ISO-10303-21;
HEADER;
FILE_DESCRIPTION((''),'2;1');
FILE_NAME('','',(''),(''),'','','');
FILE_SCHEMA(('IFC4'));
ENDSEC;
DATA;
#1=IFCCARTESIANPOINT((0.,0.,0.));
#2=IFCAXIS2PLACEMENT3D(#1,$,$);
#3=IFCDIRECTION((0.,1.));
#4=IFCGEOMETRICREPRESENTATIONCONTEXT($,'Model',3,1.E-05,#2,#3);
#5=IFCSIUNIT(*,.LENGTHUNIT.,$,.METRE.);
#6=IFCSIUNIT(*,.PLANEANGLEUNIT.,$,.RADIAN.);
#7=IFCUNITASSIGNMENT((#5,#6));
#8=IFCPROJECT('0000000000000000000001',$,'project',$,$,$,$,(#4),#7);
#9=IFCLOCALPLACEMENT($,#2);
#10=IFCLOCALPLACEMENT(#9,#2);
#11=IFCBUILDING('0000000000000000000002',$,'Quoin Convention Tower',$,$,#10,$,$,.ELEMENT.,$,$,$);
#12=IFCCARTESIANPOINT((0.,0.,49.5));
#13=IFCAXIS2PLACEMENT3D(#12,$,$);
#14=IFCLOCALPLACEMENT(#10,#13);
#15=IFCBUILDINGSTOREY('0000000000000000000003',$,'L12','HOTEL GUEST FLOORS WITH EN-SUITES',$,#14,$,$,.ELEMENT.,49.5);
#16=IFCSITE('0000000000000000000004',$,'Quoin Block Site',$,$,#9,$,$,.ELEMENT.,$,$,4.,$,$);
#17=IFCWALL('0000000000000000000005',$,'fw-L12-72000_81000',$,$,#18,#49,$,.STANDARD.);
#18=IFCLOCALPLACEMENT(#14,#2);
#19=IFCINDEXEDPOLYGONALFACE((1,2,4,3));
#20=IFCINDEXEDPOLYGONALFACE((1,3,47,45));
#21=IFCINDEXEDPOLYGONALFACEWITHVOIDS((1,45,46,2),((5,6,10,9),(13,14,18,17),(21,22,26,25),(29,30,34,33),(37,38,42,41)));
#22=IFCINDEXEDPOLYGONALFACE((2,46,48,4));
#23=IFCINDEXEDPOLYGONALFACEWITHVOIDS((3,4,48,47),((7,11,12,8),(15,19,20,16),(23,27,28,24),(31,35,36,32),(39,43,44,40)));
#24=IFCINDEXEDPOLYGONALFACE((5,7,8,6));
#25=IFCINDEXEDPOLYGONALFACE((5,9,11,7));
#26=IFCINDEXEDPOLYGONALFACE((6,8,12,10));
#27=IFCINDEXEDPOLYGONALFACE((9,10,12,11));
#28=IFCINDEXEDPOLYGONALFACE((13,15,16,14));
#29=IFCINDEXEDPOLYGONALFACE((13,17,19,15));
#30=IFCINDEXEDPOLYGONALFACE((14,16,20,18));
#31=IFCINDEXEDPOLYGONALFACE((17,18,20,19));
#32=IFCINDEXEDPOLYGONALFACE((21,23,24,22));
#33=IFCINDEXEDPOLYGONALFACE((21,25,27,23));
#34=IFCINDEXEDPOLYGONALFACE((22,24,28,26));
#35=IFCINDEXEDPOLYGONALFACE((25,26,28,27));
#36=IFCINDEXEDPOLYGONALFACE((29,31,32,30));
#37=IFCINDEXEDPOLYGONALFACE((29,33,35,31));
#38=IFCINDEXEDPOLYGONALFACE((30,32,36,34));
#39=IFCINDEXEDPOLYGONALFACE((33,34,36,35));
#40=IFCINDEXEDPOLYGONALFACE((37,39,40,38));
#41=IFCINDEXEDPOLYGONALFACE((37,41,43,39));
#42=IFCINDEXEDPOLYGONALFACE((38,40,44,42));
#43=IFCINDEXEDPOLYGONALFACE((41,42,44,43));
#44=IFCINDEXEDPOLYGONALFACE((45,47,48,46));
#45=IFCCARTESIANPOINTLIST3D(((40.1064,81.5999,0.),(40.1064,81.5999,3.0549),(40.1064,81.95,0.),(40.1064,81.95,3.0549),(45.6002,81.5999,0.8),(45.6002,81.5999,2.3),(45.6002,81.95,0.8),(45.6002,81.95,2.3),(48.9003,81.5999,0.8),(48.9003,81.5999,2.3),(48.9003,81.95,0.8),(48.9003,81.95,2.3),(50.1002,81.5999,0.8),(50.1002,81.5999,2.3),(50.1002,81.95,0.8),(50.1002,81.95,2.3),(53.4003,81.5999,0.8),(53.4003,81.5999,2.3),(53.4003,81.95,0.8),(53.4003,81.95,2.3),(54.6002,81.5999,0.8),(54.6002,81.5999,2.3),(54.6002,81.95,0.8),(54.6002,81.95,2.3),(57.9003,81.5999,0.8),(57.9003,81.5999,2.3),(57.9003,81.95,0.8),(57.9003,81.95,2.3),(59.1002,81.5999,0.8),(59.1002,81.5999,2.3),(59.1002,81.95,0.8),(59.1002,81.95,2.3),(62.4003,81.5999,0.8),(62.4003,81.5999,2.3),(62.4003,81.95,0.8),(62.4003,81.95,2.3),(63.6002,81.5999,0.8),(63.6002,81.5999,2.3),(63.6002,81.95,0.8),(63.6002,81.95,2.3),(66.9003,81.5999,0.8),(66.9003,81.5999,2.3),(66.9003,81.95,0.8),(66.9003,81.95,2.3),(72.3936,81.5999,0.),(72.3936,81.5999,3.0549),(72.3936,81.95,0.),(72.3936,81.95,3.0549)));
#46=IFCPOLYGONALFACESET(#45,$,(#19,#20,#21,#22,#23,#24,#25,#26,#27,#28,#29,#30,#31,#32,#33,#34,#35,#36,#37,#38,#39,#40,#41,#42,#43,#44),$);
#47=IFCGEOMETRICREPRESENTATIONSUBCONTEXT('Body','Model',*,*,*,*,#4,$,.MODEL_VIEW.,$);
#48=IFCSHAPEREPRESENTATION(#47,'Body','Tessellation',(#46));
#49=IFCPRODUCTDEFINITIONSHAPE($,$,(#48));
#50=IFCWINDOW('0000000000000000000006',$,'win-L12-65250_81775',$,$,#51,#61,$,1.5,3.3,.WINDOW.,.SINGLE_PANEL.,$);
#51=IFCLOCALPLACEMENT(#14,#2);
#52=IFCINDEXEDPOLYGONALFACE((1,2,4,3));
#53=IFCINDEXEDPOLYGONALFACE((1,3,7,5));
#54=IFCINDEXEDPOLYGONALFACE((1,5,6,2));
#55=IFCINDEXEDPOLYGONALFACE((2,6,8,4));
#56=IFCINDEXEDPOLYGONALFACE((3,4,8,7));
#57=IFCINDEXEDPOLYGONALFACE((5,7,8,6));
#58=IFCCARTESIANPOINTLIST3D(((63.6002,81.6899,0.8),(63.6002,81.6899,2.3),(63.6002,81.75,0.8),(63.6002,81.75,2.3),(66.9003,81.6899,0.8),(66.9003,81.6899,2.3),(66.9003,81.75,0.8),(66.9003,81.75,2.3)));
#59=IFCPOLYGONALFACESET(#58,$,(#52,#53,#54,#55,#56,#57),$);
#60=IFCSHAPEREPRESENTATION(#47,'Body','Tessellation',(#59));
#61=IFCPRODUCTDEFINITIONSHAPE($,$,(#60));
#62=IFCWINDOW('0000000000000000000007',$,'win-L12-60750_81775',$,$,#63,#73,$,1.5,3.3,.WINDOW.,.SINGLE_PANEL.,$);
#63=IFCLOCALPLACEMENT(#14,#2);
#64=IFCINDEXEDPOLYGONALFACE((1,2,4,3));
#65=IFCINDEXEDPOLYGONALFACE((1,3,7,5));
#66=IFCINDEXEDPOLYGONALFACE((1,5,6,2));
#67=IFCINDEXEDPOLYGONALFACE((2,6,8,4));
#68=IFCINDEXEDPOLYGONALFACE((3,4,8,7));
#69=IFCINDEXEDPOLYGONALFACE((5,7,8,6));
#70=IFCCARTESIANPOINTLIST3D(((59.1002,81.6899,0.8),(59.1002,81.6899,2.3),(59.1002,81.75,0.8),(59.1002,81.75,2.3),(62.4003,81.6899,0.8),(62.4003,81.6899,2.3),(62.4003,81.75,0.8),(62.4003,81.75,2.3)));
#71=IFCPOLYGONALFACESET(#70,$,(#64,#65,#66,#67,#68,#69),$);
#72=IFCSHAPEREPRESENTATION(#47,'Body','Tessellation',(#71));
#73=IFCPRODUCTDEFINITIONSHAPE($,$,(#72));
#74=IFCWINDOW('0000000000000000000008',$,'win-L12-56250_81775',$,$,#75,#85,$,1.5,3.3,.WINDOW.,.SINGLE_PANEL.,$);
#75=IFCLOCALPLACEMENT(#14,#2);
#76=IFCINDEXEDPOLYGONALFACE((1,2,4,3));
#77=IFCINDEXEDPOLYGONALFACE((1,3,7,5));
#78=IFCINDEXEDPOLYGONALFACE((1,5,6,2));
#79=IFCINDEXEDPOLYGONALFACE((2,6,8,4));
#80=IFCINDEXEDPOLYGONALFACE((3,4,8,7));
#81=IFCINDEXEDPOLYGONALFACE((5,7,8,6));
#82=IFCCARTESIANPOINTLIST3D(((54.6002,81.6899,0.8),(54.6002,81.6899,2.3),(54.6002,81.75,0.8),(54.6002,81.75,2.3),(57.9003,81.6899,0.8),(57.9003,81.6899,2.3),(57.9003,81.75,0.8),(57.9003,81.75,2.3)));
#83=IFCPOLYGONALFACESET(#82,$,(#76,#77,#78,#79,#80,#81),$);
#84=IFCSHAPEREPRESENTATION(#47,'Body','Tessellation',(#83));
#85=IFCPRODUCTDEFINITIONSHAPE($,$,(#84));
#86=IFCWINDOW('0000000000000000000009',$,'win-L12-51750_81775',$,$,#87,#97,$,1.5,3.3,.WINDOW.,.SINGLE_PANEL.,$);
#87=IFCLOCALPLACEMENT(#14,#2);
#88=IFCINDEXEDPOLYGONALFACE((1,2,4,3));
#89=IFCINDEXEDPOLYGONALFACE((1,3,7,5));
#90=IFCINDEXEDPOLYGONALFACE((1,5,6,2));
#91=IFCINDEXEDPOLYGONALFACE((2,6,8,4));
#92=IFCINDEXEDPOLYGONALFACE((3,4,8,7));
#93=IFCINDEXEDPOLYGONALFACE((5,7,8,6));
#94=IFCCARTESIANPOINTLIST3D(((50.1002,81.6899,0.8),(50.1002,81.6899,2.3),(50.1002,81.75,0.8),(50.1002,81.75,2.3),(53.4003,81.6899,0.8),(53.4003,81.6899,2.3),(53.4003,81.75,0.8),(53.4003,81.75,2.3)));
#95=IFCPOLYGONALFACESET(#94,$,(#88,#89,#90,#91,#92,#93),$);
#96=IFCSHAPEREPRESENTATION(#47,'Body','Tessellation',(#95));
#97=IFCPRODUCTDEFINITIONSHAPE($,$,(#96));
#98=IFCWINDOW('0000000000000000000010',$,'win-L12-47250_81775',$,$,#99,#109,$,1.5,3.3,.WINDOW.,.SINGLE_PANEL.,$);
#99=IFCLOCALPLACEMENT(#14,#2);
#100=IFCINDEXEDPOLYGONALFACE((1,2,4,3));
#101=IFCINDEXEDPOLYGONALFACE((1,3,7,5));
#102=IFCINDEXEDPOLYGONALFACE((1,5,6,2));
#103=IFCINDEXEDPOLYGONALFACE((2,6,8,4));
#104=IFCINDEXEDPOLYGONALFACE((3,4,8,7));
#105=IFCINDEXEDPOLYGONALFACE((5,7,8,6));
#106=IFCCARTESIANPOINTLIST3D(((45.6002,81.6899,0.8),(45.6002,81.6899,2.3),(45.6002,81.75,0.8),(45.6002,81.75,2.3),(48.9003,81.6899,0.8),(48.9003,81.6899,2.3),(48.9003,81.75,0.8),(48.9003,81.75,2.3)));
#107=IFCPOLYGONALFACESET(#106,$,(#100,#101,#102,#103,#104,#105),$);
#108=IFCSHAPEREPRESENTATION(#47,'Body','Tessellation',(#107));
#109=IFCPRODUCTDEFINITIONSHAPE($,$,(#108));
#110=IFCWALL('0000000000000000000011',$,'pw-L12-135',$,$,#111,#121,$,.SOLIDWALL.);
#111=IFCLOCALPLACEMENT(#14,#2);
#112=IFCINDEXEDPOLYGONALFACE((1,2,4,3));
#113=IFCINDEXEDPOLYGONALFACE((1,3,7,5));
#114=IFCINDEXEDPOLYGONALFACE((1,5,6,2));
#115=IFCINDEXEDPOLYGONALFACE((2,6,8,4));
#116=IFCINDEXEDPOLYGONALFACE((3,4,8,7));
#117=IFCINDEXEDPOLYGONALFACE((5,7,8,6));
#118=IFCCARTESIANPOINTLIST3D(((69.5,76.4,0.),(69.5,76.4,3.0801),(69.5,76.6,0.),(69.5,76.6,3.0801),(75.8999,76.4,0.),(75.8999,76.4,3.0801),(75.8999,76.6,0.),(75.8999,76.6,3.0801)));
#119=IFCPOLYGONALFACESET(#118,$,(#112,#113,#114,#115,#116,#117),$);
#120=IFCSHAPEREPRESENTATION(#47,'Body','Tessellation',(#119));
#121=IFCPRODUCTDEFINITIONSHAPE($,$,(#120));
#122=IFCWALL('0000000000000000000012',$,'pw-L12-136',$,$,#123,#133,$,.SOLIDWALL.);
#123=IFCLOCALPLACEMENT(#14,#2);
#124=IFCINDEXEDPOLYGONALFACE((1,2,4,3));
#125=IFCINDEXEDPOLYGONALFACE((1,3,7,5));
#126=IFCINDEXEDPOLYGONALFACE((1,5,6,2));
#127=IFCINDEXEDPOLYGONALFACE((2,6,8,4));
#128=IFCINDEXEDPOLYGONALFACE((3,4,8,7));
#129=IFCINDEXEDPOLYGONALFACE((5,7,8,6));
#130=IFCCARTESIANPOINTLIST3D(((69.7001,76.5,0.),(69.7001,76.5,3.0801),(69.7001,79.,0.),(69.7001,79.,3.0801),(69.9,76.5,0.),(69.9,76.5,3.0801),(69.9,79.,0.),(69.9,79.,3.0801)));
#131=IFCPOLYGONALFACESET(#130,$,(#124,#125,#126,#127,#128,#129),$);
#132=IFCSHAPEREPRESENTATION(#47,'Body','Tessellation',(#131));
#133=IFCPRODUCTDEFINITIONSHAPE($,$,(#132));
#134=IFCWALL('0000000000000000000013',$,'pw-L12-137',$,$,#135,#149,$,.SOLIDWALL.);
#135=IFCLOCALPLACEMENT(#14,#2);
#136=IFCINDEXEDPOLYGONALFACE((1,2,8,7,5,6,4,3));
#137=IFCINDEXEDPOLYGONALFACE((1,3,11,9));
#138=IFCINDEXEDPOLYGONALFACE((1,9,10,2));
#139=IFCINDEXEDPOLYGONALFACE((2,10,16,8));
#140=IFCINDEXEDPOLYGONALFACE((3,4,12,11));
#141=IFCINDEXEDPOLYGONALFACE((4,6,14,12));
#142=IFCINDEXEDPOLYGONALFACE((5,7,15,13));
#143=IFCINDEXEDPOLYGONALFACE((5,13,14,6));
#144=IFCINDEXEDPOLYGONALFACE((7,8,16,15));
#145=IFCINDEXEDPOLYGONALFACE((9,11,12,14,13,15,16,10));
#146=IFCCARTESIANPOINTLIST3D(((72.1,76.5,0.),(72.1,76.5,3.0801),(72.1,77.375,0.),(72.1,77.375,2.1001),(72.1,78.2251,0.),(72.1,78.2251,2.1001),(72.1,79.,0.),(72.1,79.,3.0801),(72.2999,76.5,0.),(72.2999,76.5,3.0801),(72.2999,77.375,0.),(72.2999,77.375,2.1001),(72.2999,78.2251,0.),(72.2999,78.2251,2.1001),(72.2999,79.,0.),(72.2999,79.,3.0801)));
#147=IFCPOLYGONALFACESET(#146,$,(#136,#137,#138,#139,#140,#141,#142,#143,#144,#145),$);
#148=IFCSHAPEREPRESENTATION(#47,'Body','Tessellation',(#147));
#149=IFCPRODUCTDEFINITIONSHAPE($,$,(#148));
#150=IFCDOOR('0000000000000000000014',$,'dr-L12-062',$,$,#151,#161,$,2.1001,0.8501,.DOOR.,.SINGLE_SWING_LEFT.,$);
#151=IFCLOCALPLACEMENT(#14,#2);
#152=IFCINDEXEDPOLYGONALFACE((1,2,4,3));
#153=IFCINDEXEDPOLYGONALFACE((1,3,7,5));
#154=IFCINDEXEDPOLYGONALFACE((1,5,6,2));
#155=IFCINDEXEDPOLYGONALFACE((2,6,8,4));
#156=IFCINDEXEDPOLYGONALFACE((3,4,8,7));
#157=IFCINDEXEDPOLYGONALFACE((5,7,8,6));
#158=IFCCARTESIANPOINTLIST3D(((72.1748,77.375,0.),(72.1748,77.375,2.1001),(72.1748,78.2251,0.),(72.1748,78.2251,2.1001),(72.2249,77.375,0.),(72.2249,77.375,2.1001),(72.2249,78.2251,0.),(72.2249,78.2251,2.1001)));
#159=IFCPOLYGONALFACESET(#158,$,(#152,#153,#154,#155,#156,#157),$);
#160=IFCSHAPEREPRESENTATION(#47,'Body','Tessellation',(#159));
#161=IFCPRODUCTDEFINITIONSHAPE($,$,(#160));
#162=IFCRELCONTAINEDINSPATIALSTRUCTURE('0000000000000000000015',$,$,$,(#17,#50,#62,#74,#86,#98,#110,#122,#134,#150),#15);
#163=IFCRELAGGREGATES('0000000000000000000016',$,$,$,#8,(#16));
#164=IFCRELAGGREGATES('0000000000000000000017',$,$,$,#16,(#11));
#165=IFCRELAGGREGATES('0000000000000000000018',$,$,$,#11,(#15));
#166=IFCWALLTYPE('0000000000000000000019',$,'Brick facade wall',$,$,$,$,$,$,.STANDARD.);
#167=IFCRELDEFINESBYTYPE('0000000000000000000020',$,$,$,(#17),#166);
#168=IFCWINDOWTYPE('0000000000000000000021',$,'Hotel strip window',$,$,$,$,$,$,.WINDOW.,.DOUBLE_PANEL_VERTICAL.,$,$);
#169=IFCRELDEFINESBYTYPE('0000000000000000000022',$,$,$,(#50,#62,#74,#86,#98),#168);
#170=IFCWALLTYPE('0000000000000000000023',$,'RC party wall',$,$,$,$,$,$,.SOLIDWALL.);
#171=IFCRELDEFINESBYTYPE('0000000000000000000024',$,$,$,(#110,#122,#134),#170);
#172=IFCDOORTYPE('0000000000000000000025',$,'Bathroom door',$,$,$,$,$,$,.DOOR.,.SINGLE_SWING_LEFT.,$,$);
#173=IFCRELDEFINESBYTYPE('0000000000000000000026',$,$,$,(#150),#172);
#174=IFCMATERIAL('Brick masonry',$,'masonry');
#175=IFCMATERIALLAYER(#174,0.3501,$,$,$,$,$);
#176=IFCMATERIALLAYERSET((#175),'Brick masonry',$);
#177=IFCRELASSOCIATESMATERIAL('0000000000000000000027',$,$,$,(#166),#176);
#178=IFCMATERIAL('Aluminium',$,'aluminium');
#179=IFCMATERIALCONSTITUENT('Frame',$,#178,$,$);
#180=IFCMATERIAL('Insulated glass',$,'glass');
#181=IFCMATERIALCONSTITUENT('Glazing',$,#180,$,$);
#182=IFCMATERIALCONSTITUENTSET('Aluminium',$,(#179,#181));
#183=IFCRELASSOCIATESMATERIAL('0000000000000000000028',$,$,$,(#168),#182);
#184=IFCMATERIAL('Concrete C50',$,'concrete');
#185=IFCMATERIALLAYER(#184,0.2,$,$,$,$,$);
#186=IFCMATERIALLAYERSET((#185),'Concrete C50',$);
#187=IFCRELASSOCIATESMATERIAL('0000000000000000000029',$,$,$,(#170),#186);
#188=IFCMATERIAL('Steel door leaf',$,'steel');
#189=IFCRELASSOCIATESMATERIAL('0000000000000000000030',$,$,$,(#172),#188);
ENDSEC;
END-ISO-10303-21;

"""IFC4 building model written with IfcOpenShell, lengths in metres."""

from ifc_helpers import new_model, si_unit, direction, frame, frame_2d, origin, place, context, subcontext, project, spatial, rectangle, extrude, material, layer, layer_set, constituent, constituent_set, type_object, element, fill, save


model = new_model("IFC4")

# Units and contexts
model_context = context("Model", 3, precision=1e-05, world=origin(), true_north=direction((0.0, 1.0)))
body_context = subcontext(model_context, "Body", "Model", "MODEL_VIEW")
ifc_project = project(units=[si_unit("LENGTHUNIT", "METRE"), si_unit("PLANEANGLEUNIT", "RADIAN")], contexts=[model_context])

# Site, building, storey
site_placement = place(None, origin())
site = spatial("IfcSite", under=ifc_project, at=site_placement, Name="Quoin Block Site", CompositionType="ELEMENT", RefElevation=4.0)
building_placement = place(site_placement, origin())
building = spatial("IfcBuilding", under=site, at=building_placement, Name="Quoin Convention Tower", CompositionType="ELEMENT")
storey_placement = place(building_placement, frame((0.0, 0.0, 49.5)))
storey = spatial("IfcBuildingStorey", under=building, at=storey_placement, Name="L12", Description="HOTEL GUEST FLOORS WITH EN-SUITES", CompositionType="ELEMENT", Elevation=49.5)

# Shared definitions
ifc_material_1 = material(Name="Brick masonry", Category="masonry")
ifc_layer_1 = layer(ifc_material_1, 0.3501)
ifc_layer_set_1 = layer_set([ifc_layer_1], Name="Brick masonry")
wall_type_1 = type_object("IfcWallType", Name="Brick facade wall", PredefinedType="STANDARD", material=ifc_layer_set_1)
ifc_material_2 = material(Name="Aluminium", Category="aluminium")
ifc_constituent_1 = constituent(ifc_material_2, Name="Frame")
ifc_material_3 = material(Name="Insulated glass", Category="glass")
ifc_constituent_2 = constituent(ifc_material_3, Name="Glazing")
ifc_constituent_set = constituent_set(constituents=[ifc_constituent_1, ifc_constituent_2], Name="Aluminium")
window_type = type_object("IfcWindowType", Name="Hotel strip window", PartitioningType="DOUBLE_PANEL_VERTICAL", PredefinedType="WINDOW", material=ifc_constituent_set)

# Wall, openings, windows
wall_1_placement = place(storey_placement, frame((72.3936, 81.7749, 0.0), z_axis=(0.0, 0.0, 1.0), x_axis=(-1.0, 0.0, 0.0)))
wall_1 = element("IfcWall", 1, at=wall_1_placement, inside=storey, type_object=wall_type_1, Name="fw-L12-72000_81000", PredefinedType="STANDARD", context=body_context, shape_type="SweptSolid", body=[
    extrude(rectangle(XDim=32.2871, YDim=0.3501, at=frame_2d((16.1436, 0.0))), origin(), (0.0, 0.0, 1.0), 3.0549),
])
opening_1_placement = place(wall_1_placement, frame((5.4934, 0.0, 0.8)))
opening_1 = element("IfcOpeningElement", 2, at=opening_1_placement, cuts=wall_1, PredefinedType="OPENING", context=body_context, shape_type="SweptSolid", body=[
    extrude(rectangle(XDim=3.3, YDim=1.5, at=frame_2d((1.6499, 0.75))), frame((0.0, 0.1851, 0.0), z_axis=(0.0, -1.0, 0.0), x_axis=(1.0, 0.0, 0.0)), (0.0, 0.0, 1.0), 0.3701),
])
opening_2_placement = place(wall_1_placement, frame((9.9934, 0.0, 0.8)))
opening_2 = element("IfcOpeningElement", 3, at=opening_2_placement, cuts=wall_1, PredefinedType="OPENING", context=body_context, shape_type="SweptSolid", body=[
    extrude(rectangle(XDim=3.3, YDim=1.5, at=frame_2d((1.6499, 0.75))), frame((0.0, 0.1851, 0.0), z_axis=(0.0, -1.0, 0.0), x_axis=(1.0, 0.0, 0.0)), (0.0, 0.0, 1.0), 0.3701),
])
opening_3_placement = place(wall_1_placement, frame((14.4934, 0.0, 0.8)))
opening_3 = element("IfcOpeningElement", 4, at=opening_3_placement, cuts=wall_1, PredefinedType="OPENING", context=body_context, shape_type="SweptSolid", body=[
    extrude(rectangle(XDim=3.3, YDim=1.5, at=frame_2d((1.6499, 0.75))), frame((0.0, 0.1851, 0.0), z_axis=(0.0, -1.0, 0.0), x_axis=(1.0, 0.0, 0.0)), (0.0, 0.0, 1.0), 0.3701),
])
opening_4_placement = place(wall_1_placement, frame((18.9934, 0.0, 0.8)))
opening_4 = element("IfcOpeningElement", 5, at=opening_4_placement, cuts=wall_1, PredefinedType="OPENING", context=body_context, shape_type="SweptSolid", body=[
    extrude(rectangle(XDim=3.3, YDim=1.5, at=frame_2d((1.6499, 0.75))), frame((0.0, 0.1851, 0.0), z_axis=(0.0, -1.0, 0.0), x_axis=(1.0, 0.0, 0.0)), (0.0, 0.0, 1.0), 0.3701),
])
opening_5_placement = place(wall_1_placement, frame((23.4934, 0.0, 0.8)))
opening_5 = element("IfcOpeningElement", 6, at=opening_5_placement, cuts=wall_1, PredefinedType="OPENING", context=body_context, shape_type="SweptSolid", body=[
    extrude(rectangle(XDim=3.3, YDim=1.5, at=frame_2d((1.6499, 0.75))), frame((0.0, 0.1851, 0.0), z_axis=(0.0, -1.0, 0.0), x_axis=(1.0, 0.0, 0.0)), (0.0, 0.0, 1.0), 0.3701),
])
window_1_placement = place(opening_1_placement, origin())
window_1 = element("IfcWindow", 7, at=window_1_placement, inside=storey, type_object=window_type, Name="win-L12-65250_81775", OverallHeight=1.5, OverallWidth=3.3, PartitioningType="SINGLE_PANEL", PredefinedType="WINDOW", context=body_context, shape_type="SweptSolid", body=[
    extrude(rectangle(XDim=3.3, YDim=1.5, at=frame_2d((1.6499, 0.75))), frame((0.0, 0.085, 0.0), z_axis=(0.0, -1.0, 0.0), x_axis=(1.0, 0.0, 0.0)), (0.0, 0.0, 1.0), 0.0601),
])
fill(opening_1, window_1)
window_2_placement = place(opening_2_placement, origin())
window_2 = element("IfcWindow", 8, at=window_2_placement, inside=storey, type_object=window_type, Name="win-L12-60750_81775", OverallHeight=1.5, OverallWidth=3.3, PartitioningType="SINGLE_PANEL", PredefinedType="WINDOW", context=body_context, shape_type="SweptSolid", body=[
    extrude(rectangle(XDim=3.3, YDim=1.5, at=frame_2d((1.6499, 0.75))), frame((0.0, 0.085, 0.0), z_axis=(0.0, -1.0, 0.0), x_axis=(1.0, 0.0, 0.0)), (0.0, 0.0, 1.0), 0.0601),
])
fill(opening_2, window_2)
window_3_placement = place(opening_3_placement, origin())
window_3 = element("IfcWindow", 9, at=window_3_placement, inside=storey, type_object=window_type, Name="win-L12-56250_81775", OverallHeight=1.5, OverallWidth=3.3, PartitioningType="SINGLE_PANEL", PredefinedType="WINDOW", context=body_context, shape_type="SweptSolid", body=[
    extrude(rectangle(XDim=3.3, YDim=1.5, at=frame_2d((1.6499, 0.75))), frame((0.0, 0.085, 0.0), z_axis=(0.0, -1.0, 0.0), x_axis=(1.0, 0.0, 0.0)), (0.0, 0.0, 1.0), 0.0601),
])
fill(opening_3, window_3)
window_4_placement = place(opening_4_placement, origin())
window_4 = element("IfcWindow", 10, at=window_4_placement, inside=storey, type_object=window_type, Name="win-L12-51750_81775", OverallHeight=1.5, OverallWidth=3.3, PartitioningType="SINGLE_PANEL", PredefinedType="WINDOW", context=body_context, shape_type="SweptSolid", body=[
    extrude(rectangle(XDim=3.3, YDim=1.5, at=frame_2d((1.6499, 0.75))), frame((0.0, 0.085, 0.0), z_axis=(0.0, -1.0, 0.0), x_axis=(1.0, 0.0, 0.0)), (0.0, 0.0, 1.0), 0.0601),
])
fill(opening_4, window_4)
window_5_placement = place(opening_5_placement, origin())
window_5 = element("IfcWindow", 11, at=window_5_placement, inside=storey, type_object=window_type, Name="win-L12-47250_81775", OverallHeight=1.5, OverallWidth=3.3, PartitioningType="SINGLE_PANEL", PredefinedType="WINDOW", context=body_context, shape_type="SweptSolid", body=[
    extrude(rectangle(XDim=3.3, YDim=1.5, at=frame_2d((1.6499, 0.75))), frame((0.0, 0.085, 0.0), z_axis=(0.0, -1.0, 0.0), x_axis=(1.0, 0.0, 0.0)), (0.0, 0.0, 1.0), 0.0601),
])
fill(opening_5, window_5)

# Walls
ifc_material_4 = material(Name="Concrete C50", Category="concrete")
ifc_layer_2 = layer(ifc_material_4, 0.2)
ifc_layer_set_2 = layer_set([ifc_layer_2], Name="Concrete C50")
wall_type_2 = type_object("IfcWallType", Name="RC party wall", PredefinedType="SOLIDWALL", material=ifc_layer_set_2)
wall_2_placement = place(storey_placement, frame((69.5, 76.5, 0.0), z_axis=(0.0, 0.0, 1.0), x_axis=(1.0, 0.0, 0.0)))
element("IfcWall", 12, at=wall_2_placement, inside=storey, type_object=wall_type_2, Name="pw-L12-135", PredefinedType="SOLIDWALL", context=body_context, shape_type="SweptSolid", body=[
    extrude(rectangle(XDim=6.3999, YDim=0.2, at=frame_2d((3.2, 0.0))), origin(), (0.0, 0.0, 1.0), 3.0801),
])
wall_3_placement = place(storey_placement, frame((69.8, 76.5, 0.0), z_axis=(0.0, 0.0, 1.0), x_axis=(0.0, 1.0, 0.0)))
element("IfcWall", 13, at=wall_3_placement, inside=storey, type_object=wall_type_2, Name="pw-L12-136", PredefinedType="SOLIDWALL", context=body_context, shape_type="SweptSolid", body=[
    extrude(rectangle(XDim=2.5, YDim=0.2, at=frame_2d((1.25, 0.0))), origin(), (0.0, 0.0, 1.0), 3.0801),
])

# Wall, opening, door
wall_4_placement = place(storey_placement, frame((72.2, 76.5, 0.0), z_axis=(0.0, 0.0, 1.0), x_axis=(0.0, 1.0, 0.0)))
wall_4 = element("IfcWall", 14, at=wall_4_placement, inside=storey, type_object=wall_type_2, Name="pw-L12-137", PredefinedType="SOLIDWALL", context=body_context, shape_type="SweptSolid", body=[
    extrude(rectangle(XDim=2.5, YDim=0.2, at=frame_2d((1.25, 0.0))), origin(), (0.0, 0.0, 1.0), 3.0801),
])
opening_6_placement = place(wall_4_placement, frame((0.875, 0.0, 0.0)))
opening_6 = element("IfcOpeningElement", 15, at=opening_6_placement, cuts=wall_4, PredefinedType="OPENING", context=body_context, shape_type="SweptSolid", body=[
    extrude(rectangle(XDim=0.8501, YDim=2.1001, at=frame_2d((0.425, 1.05))), frame((0.0, 0.1099, 0.0), z_axis=(0.0, -1.0, 0.0), x_axis=(1.0, 0.0, 0.0)), (0.0, 0.0, 1.0), 0.22),
])
ifc_material_5 = material(Name="Steel door leaf", Category="steel")
door_type = type_object("IfcDoorType", Name="Bathroom door", OperationType="SINGLE_SWING_LEFT", PredefinedType="DOOR", material=ifc_material_5)
door_placement = place(opening_6_placement, frame((0.8501, 0.0, 0.0), z_axis=(0.0, 0.0, 1.0), x_axis=(-1.0, 0.0, 0.0)))
door = element("IfcDoor", 16, at=door_placement, inside=storey, type_object=door_type, Name="dr-L12-062", OperationType="SINGLE_SWING_LEFT", OverallHeight=2.1001, OverallWidth=0.8501, PredefinedType="DOOR", context=body_context, shape_type="SweptSolid", body=[
    extrude(rectangle(XDim=0.8501, YDim=2.1001, at=frame_2d((0.425, 1.05))), frame((0.0, 0.0249, 0.0), z_axis=(0.0, -1.0, 0.0), x_axis=(1.0, 0.0, 0.0)), (0.0, 0.0, 1.0), 0.05),
])
fill(opening_6, door)

save(model, "model.ifc")
